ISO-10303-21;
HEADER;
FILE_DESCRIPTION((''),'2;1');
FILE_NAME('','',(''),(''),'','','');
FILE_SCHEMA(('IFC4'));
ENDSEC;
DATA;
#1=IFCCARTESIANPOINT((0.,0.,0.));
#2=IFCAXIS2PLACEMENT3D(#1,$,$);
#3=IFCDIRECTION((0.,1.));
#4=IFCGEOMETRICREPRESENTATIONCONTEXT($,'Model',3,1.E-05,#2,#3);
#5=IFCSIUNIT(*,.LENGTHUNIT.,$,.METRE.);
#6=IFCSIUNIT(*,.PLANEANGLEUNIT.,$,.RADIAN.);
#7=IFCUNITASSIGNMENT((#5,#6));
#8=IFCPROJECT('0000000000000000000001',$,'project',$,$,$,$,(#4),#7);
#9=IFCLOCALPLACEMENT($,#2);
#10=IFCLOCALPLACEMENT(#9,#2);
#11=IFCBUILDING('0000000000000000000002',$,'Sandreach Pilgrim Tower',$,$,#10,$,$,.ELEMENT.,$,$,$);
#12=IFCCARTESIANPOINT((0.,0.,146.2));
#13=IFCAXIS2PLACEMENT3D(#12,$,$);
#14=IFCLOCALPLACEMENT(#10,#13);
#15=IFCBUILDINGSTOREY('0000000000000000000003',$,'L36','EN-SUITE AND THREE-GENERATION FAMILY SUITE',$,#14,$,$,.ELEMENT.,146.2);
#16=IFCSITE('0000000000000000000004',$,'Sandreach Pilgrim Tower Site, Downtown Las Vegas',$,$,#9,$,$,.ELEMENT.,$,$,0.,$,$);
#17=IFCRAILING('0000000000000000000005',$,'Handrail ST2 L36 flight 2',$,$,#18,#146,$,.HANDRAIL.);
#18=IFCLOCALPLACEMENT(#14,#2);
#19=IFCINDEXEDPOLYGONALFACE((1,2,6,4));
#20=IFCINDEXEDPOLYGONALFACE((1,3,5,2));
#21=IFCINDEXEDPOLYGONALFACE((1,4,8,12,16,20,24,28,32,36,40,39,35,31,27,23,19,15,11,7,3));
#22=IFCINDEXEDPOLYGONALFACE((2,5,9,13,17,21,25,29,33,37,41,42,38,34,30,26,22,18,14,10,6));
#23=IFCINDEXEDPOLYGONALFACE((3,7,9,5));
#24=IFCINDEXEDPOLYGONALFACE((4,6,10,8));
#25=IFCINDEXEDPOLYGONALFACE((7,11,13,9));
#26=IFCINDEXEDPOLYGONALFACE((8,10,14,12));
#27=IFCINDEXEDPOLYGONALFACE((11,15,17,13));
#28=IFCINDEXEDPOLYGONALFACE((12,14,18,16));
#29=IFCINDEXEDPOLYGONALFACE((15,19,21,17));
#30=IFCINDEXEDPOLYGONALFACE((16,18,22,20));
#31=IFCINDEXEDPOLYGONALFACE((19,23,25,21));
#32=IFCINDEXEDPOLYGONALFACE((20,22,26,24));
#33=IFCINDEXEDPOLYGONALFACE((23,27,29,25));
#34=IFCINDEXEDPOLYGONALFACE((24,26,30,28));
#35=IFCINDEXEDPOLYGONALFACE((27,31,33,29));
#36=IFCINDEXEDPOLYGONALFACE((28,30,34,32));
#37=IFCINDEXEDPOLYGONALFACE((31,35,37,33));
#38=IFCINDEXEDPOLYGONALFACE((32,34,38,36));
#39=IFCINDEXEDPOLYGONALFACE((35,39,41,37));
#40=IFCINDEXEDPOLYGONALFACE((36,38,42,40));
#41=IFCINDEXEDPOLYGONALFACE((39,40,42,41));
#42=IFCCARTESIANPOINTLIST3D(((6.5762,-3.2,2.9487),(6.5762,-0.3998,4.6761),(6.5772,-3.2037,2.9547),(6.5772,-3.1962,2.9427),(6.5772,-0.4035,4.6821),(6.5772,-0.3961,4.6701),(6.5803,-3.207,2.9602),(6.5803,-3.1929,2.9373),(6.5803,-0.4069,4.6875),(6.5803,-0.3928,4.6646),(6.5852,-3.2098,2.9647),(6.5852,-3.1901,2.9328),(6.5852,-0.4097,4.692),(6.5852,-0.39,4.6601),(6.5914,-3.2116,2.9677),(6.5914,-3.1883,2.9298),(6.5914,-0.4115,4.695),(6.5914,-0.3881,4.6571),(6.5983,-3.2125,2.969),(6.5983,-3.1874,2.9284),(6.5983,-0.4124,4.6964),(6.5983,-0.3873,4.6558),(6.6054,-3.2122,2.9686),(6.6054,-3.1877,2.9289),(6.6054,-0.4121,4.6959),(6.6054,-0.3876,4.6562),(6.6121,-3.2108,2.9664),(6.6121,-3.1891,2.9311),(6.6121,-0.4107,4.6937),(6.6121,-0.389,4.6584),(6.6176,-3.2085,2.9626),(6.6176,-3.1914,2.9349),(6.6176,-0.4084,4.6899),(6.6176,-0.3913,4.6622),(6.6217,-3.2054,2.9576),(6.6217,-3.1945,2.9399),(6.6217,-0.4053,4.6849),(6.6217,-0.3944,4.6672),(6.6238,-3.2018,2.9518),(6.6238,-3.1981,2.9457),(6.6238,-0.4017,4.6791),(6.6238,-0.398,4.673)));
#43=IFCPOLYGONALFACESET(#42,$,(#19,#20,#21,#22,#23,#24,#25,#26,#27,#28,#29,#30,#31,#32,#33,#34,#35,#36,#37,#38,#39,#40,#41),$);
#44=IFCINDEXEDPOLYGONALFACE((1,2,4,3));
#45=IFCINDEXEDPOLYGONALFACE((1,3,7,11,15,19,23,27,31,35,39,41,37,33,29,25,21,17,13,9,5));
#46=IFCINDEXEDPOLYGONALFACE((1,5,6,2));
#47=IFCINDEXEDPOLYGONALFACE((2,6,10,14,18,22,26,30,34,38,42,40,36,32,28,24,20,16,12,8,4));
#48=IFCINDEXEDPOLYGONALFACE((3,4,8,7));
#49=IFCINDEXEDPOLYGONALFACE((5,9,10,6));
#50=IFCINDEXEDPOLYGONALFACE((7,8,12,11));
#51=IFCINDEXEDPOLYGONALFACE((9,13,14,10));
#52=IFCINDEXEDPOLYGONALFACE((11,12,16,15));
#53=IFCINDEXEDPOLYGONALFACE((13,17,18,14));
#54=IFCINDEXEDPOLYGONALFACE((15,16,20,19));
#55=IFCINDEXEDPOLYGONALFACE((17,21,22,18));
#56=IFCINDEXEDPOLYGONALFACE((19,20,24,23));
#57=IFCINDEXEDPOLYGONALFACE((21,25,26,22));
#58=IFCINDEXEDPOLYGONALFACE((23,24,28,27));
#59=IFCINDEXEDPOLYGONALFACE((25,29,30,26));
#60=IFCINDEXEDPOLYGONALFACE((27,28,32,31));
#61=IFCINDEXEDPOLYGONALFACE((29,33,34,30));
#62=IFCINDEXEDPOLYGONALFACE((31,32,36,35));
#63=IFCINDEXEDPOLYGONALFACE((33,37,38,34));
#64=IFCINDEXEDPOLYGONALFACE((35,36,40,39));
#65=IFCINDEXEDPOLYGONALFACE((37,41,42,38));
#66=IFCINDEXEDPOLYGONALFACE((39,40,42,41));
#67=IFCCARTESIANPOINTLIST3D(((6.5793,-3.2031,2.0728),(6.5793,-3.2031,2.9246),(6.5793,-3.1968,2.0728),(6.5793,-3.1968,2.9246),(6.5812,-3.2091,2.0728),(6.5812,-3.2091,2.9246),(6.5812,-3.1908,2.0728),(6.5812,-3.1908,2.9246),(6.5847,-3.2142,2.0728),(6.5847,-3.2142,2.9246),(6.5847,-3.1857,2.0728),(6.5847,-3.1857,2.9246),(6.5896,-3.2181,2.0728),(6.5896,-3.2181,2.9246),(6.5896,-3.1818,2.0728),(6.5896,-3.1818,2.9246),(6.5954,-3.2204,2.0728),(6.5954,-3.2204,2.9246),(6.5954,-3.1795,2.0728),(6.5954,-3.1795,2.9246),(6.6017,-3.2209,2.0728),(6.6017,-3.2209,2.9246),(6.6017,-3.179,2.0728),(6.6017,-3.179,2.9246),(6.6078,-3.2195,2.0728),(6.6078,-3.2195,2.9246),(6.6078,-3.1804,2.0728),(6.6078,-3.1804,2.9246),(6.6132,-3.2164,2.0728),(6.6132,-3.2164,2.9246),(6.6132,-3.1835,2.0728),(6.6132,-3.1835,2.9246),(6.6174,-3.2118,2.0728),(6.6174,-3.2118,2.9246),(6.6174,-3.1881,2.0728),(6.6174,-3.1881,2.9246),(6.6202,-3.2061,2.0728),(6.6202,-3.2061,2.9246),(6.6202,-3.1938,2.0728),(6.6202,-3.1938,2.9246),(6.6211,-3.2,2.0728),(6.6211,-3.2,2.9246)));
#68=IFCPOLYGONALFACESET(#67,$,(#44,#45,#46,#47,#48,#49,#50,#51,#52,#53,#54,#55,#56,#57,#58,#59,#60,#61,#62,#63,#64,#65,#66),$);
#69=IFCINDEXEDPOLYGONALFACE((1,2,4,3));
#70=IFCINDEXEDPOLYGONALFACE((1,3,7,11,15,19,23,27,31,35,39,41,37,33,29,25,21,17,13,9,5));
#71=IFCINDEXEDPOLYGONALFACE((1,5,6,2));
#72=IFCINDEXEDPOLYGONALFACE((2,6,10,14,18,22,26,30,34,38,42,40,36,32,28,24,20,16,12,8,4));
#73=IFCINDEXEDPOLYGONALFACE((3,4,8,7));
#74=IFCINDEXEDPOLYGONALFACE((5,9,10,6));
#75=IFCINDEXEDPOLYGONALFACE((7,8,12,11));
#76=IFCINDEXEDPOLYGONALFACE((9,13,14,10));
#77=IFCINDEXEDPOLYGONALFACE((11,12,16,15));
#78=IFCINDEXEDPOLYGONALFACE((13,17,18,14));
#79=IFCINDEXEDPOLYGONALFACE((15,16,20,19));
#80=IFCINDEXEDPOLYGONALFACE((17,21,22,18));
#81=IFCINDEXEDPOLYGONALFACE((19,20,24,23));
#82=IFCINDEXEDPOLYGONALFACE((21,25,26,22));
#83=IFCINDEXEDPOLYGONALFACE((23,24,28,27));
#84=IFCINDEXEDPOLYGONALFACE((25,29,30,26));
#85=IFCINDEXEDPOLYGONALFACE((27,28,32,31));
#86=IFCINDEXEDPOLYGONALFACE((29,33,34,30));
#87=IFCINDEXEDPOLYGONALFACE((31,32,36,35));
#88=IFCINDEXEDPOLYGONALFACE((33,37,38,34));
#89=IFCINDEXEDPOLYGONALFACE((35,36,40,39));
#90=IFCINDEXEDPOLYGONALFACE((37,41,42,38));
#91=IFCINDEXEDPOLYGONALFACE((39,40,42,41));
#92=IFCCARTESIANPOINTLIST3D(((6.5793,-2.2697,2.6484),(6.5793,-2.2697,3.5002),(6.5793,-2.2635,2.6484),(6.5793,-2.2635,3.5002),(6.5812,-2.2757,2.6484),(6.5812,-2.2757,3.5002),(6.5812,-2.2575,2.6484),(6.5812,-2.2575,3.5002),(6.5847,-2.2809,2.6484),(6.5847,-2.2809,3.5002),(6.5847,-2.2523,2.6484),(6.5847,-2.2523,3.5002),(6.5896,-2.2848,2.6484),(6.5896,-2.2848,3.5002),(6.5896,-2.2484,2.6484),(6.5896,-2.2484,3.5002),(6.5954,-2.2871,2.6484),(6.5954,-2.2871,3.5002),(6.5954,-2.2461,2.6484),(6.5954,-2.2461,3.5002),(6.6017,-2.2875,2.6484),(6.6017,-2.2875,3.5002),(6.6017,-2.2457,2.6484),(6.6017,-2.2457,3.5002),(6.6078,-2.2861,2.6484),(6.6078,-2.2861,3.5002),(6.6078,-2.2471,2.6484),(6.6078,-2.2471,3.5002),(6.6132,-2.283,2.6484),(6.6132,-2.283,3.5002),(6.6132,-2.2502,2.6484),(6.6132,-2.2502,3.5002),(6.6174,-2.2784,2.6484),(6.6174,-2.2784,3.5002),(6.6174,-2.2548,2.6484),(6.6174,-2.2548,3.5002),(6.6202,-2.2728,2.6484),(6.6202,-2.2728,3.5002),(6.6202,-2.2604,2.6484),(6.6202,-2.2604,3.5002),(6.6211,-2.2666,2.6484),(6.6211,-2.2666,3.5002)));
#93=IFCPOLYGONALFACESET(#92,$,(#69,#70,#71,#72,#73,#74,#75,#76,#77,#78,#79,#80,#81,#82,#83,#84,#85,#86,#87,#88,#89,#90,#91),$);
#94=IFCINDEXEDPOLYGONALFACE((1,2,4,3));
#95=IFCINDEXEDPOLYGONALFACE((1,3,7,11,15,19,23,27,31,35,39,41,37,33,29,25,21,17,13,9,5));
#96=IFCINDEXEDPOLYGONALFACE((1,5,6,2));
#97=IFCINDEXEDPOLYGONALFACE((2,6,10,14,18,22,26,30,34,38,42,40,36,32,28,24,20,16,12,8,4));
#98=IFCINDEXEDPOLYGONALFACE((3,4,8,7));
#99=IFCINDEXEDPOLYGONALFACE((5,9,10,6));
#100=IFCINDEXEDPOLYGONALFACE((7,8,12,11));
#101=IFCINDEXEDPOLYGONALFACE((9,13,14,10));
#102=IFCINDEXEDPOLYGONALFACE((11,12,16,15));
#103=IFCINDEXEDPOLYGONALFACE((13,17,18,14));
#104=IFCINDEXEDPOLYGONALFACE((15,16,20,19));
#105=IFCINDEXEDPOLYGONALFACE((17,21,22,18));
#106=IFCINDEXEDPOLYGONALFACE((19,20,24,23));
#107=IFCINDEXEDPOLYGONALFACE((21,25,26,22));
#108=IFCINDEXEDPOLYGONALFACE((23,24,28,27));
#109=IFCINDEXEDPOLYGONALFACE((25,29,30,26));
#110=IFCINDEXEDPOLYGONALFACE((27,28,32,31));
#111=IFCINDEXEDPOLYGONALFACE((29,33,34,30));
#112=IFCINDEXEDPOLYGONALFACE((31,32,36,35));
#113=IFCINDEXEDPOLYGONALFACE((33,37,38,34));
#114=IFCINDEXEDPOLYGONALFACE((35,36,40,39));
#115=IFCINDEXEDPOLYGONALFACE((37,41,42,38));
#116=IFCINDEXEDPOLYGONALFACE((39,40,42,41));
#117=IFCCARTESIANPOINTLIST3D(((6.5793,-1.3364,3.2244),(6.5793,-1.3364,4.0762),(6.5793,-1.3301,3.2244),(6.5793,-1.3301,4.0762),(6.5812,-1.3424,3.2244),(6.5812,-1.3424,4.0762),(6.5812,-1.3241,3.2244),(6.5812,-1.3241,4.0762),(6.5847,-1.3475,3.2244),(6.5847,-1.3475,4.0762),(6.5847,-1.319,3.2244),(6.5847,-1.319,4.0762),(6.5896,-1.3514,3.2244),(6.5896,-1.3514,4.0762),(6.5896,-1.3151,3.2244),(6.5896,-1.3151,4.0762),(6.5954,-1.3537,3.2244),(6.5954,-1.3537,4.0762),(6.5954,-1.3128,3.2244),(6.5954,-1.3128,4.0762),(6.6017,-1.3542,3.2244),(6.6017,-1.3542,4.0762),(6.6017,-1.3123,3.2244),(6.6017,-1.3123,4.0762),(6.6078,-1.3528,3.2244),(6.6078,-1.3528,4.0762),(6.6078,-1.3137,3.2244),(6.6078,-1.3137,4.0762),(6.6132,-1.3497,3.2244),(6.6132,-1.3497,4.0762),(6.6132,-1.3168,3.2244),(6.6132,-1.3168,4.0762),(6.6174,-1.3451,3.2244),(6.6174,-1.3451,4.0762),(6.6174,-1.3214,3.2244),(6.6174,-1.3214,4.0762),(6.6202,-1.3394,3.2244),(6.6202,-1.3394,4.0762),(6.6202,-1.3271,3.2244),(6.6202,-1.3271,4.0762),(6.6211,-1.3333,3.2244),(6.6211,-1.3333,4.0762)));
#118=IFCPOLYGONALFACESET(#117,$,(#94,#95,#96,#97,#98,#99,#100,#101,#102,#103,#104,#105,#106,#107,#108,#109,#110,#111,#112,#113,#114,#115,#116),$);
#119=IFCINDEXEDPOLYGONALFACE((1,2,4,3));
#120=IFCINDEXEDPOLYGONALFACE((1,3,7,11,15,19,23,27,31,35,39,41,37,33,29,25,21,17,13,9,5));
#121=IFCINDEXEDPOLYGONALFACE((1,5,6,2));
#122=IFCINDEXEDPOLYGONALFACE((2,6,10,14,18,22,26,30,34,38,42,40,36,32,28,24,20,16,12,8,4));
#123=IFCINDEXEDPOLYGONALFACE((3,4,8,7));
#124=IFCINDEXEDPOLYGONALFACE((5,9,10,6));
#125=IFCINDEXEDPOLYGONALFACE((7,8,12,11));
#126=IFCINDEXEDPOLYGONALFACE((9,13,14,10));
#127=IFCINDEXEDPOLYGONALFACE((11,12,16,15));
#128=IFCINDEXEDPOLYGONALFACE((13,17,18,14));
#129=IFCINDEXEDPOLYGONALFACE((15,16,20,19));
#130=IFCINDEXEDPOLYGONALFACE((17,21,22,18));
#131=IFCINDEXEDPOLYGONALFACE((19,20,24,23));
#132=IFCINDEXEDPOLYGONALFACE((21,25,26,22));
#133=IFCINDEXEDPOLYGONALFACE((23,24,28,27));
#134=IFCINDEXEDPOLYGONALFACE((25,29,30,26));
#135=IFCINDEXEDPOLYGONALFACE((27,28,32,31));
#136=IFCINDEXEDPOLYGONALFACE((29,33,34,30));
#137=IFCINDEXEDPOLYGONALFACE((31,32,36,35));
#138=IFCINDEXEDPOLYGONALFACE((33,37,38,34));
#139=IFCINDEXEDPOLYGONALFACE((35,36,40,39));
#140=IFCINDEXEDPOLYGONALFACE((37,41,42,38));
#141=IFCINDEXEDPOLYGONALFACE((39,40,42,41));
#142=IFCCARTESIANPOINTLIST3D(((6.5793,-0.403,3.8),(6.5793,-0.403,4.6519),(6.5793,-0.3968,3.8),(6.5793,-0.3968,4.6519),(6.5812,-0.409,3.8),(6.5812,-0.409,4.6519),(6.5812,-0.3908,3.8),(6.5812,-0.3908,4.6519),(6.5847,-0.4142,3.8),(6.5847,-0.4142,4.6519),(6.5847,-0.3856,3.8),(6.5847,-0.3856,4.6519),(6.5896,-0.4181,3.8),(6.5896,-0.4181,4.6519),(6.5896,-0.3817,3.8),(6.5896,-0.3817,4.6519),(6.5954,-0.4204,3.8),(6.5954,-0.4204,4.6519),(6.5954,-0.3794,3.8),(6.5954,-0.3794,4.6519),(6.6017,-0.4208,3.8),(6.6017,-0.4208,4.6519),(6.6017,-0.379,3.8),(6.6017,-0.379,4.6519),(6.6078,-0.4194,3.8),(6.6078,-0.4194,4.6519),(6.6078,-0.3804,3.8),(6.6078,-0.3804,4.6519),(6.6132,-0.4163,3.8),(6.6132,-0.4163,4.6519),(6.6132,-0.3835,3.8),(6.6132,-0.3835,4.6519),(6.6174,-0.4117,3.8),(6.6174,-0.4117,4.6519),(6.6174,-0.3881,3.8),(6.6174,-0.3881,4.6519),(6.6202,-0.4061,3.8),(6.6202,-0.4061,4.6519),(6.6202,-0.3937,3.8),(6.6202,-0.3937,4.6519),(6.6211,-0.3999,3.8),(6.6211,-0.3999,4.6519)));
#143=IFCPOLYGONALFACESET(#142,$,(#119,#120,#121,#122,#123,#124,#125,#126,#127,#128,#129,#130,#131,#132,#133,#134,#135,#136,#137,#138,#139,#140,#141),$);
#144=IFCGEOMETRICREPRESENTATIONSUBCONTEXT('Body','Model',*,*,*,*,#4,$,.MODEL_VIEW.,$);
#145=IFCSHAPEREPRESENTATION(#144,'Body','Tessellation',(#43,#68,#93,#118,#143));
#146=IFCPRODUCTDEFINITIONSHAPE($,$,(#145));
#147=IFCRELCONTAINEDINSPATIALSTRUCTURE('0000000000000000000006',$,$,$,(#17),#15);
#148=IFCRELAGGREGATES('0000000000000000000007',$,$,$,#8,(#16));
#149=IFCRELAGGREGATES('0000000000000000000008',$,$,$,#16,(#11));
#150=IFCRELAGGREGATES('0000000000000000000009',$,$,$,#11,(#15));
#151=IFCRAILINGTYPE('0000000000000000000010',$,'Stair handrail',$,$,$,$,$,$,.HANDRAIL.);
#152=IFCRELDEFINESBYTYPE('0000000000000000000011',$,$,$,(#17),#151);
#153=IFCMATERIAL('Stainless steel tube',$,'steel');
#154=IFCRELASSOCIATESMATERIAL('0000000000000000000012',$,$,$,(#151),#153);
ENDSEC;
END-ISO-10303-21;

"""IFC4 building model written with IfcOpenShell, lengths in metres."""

from ifc_helpers import new_model, si_unit, direction, frame, origin, origin_2d, place, context, subcontext, project, spatial, circle, extrude, material, type_object, element, save


model = new_model("IFC4")

# Units and contexts
model_context = context("Model", 3, precision=1e-05, world=origin(), true_north=direction((0.0, 1.0)))
body_context = subcontext(model_context, "Body", "Model", "MODEL_VIEW")
ifc_project = project(units=[si_unit("LENGTHUNIT", "METRE"), si_unit("PLANEANGLEUNIT", "RADIAN")], contexts=[model_context])

# Site, building, storey
site_placement = place(None, origin())
site = spatial("IfcSite", under=ifc_project, at=site_placement, Name="Sandreach Pilgrim Tower Site, Downtown Las Vegas", CompositionType="ELEMENT", RefElevation=0.0)
building_placement = place(site_placement, origin())
building = spatial("IfcBuilding", under=site, at=building_placement, Name="Sandreach Pilgrim Tower", CompositionType="ELEMENT")
storey_placement = place(building_placement, frame((0.0, 0.0, 146.2)))
storey = spatial("IfcBuildingStorey", under=building, at=storey_placement, Name="L36", Description="EN-SUITE AND THREE-GENERATION FAMILY SUITE", CompositionType="ELEMENT", Elevation=146.2)

# Railing
ifc_material_1 = material(Name="Stainless steel tube", Category="steel")
railing_type = type_object("IfcRailingType", Name="Stair handrail", PredefinedType="HANDRAIL", material=ifc_material_1)
for number, where, name in (
    (1, (6.6001, -3.2, 2.0728), "Handrail ST2 L36 flight 2"),
):
    element("IfcRailing", number, at=place(storey_placement, frame(where)), inside=storey, type_object=railing_type, Name=name, PredefinedType="HANDRAIL", context=body_context, shape_type="SweptSolid", body=[
        extrude(circle(Radius=0.0239, at=origin_2d()), frame((0.0, 0.0, 0.876), z_axis=(0.0, 0.85109, 0.52502), x_axis=(-1.0, 0.0, 0.0)), (0.0, 0.0, 1.0), 3.29),
        extrude(circle(Radius=0.021, at=origin_2d()), origin(), (0.0, 0.0, 1.0), 0.8518),
        extrude(circle(Radius=0.021, at=origin_2d()), frame((0.0, 0.9333, 0.5757)), (0.0, 0.0, 1.0), 0.8518),
        extrude(circle(Radius=0.021, at=origin_2d()), frame((0.0, 1.8667, 1.1516)), (0.0, 0.0, 1.0), 0.8518),
        extrude(circle(Radius=0.021, at=origin_2d()), frame((0.0, 2.8, 1.7273)), (0.0, 0.0, 1.0), 0.8518),
    ])

save(model, "model.ifc")
